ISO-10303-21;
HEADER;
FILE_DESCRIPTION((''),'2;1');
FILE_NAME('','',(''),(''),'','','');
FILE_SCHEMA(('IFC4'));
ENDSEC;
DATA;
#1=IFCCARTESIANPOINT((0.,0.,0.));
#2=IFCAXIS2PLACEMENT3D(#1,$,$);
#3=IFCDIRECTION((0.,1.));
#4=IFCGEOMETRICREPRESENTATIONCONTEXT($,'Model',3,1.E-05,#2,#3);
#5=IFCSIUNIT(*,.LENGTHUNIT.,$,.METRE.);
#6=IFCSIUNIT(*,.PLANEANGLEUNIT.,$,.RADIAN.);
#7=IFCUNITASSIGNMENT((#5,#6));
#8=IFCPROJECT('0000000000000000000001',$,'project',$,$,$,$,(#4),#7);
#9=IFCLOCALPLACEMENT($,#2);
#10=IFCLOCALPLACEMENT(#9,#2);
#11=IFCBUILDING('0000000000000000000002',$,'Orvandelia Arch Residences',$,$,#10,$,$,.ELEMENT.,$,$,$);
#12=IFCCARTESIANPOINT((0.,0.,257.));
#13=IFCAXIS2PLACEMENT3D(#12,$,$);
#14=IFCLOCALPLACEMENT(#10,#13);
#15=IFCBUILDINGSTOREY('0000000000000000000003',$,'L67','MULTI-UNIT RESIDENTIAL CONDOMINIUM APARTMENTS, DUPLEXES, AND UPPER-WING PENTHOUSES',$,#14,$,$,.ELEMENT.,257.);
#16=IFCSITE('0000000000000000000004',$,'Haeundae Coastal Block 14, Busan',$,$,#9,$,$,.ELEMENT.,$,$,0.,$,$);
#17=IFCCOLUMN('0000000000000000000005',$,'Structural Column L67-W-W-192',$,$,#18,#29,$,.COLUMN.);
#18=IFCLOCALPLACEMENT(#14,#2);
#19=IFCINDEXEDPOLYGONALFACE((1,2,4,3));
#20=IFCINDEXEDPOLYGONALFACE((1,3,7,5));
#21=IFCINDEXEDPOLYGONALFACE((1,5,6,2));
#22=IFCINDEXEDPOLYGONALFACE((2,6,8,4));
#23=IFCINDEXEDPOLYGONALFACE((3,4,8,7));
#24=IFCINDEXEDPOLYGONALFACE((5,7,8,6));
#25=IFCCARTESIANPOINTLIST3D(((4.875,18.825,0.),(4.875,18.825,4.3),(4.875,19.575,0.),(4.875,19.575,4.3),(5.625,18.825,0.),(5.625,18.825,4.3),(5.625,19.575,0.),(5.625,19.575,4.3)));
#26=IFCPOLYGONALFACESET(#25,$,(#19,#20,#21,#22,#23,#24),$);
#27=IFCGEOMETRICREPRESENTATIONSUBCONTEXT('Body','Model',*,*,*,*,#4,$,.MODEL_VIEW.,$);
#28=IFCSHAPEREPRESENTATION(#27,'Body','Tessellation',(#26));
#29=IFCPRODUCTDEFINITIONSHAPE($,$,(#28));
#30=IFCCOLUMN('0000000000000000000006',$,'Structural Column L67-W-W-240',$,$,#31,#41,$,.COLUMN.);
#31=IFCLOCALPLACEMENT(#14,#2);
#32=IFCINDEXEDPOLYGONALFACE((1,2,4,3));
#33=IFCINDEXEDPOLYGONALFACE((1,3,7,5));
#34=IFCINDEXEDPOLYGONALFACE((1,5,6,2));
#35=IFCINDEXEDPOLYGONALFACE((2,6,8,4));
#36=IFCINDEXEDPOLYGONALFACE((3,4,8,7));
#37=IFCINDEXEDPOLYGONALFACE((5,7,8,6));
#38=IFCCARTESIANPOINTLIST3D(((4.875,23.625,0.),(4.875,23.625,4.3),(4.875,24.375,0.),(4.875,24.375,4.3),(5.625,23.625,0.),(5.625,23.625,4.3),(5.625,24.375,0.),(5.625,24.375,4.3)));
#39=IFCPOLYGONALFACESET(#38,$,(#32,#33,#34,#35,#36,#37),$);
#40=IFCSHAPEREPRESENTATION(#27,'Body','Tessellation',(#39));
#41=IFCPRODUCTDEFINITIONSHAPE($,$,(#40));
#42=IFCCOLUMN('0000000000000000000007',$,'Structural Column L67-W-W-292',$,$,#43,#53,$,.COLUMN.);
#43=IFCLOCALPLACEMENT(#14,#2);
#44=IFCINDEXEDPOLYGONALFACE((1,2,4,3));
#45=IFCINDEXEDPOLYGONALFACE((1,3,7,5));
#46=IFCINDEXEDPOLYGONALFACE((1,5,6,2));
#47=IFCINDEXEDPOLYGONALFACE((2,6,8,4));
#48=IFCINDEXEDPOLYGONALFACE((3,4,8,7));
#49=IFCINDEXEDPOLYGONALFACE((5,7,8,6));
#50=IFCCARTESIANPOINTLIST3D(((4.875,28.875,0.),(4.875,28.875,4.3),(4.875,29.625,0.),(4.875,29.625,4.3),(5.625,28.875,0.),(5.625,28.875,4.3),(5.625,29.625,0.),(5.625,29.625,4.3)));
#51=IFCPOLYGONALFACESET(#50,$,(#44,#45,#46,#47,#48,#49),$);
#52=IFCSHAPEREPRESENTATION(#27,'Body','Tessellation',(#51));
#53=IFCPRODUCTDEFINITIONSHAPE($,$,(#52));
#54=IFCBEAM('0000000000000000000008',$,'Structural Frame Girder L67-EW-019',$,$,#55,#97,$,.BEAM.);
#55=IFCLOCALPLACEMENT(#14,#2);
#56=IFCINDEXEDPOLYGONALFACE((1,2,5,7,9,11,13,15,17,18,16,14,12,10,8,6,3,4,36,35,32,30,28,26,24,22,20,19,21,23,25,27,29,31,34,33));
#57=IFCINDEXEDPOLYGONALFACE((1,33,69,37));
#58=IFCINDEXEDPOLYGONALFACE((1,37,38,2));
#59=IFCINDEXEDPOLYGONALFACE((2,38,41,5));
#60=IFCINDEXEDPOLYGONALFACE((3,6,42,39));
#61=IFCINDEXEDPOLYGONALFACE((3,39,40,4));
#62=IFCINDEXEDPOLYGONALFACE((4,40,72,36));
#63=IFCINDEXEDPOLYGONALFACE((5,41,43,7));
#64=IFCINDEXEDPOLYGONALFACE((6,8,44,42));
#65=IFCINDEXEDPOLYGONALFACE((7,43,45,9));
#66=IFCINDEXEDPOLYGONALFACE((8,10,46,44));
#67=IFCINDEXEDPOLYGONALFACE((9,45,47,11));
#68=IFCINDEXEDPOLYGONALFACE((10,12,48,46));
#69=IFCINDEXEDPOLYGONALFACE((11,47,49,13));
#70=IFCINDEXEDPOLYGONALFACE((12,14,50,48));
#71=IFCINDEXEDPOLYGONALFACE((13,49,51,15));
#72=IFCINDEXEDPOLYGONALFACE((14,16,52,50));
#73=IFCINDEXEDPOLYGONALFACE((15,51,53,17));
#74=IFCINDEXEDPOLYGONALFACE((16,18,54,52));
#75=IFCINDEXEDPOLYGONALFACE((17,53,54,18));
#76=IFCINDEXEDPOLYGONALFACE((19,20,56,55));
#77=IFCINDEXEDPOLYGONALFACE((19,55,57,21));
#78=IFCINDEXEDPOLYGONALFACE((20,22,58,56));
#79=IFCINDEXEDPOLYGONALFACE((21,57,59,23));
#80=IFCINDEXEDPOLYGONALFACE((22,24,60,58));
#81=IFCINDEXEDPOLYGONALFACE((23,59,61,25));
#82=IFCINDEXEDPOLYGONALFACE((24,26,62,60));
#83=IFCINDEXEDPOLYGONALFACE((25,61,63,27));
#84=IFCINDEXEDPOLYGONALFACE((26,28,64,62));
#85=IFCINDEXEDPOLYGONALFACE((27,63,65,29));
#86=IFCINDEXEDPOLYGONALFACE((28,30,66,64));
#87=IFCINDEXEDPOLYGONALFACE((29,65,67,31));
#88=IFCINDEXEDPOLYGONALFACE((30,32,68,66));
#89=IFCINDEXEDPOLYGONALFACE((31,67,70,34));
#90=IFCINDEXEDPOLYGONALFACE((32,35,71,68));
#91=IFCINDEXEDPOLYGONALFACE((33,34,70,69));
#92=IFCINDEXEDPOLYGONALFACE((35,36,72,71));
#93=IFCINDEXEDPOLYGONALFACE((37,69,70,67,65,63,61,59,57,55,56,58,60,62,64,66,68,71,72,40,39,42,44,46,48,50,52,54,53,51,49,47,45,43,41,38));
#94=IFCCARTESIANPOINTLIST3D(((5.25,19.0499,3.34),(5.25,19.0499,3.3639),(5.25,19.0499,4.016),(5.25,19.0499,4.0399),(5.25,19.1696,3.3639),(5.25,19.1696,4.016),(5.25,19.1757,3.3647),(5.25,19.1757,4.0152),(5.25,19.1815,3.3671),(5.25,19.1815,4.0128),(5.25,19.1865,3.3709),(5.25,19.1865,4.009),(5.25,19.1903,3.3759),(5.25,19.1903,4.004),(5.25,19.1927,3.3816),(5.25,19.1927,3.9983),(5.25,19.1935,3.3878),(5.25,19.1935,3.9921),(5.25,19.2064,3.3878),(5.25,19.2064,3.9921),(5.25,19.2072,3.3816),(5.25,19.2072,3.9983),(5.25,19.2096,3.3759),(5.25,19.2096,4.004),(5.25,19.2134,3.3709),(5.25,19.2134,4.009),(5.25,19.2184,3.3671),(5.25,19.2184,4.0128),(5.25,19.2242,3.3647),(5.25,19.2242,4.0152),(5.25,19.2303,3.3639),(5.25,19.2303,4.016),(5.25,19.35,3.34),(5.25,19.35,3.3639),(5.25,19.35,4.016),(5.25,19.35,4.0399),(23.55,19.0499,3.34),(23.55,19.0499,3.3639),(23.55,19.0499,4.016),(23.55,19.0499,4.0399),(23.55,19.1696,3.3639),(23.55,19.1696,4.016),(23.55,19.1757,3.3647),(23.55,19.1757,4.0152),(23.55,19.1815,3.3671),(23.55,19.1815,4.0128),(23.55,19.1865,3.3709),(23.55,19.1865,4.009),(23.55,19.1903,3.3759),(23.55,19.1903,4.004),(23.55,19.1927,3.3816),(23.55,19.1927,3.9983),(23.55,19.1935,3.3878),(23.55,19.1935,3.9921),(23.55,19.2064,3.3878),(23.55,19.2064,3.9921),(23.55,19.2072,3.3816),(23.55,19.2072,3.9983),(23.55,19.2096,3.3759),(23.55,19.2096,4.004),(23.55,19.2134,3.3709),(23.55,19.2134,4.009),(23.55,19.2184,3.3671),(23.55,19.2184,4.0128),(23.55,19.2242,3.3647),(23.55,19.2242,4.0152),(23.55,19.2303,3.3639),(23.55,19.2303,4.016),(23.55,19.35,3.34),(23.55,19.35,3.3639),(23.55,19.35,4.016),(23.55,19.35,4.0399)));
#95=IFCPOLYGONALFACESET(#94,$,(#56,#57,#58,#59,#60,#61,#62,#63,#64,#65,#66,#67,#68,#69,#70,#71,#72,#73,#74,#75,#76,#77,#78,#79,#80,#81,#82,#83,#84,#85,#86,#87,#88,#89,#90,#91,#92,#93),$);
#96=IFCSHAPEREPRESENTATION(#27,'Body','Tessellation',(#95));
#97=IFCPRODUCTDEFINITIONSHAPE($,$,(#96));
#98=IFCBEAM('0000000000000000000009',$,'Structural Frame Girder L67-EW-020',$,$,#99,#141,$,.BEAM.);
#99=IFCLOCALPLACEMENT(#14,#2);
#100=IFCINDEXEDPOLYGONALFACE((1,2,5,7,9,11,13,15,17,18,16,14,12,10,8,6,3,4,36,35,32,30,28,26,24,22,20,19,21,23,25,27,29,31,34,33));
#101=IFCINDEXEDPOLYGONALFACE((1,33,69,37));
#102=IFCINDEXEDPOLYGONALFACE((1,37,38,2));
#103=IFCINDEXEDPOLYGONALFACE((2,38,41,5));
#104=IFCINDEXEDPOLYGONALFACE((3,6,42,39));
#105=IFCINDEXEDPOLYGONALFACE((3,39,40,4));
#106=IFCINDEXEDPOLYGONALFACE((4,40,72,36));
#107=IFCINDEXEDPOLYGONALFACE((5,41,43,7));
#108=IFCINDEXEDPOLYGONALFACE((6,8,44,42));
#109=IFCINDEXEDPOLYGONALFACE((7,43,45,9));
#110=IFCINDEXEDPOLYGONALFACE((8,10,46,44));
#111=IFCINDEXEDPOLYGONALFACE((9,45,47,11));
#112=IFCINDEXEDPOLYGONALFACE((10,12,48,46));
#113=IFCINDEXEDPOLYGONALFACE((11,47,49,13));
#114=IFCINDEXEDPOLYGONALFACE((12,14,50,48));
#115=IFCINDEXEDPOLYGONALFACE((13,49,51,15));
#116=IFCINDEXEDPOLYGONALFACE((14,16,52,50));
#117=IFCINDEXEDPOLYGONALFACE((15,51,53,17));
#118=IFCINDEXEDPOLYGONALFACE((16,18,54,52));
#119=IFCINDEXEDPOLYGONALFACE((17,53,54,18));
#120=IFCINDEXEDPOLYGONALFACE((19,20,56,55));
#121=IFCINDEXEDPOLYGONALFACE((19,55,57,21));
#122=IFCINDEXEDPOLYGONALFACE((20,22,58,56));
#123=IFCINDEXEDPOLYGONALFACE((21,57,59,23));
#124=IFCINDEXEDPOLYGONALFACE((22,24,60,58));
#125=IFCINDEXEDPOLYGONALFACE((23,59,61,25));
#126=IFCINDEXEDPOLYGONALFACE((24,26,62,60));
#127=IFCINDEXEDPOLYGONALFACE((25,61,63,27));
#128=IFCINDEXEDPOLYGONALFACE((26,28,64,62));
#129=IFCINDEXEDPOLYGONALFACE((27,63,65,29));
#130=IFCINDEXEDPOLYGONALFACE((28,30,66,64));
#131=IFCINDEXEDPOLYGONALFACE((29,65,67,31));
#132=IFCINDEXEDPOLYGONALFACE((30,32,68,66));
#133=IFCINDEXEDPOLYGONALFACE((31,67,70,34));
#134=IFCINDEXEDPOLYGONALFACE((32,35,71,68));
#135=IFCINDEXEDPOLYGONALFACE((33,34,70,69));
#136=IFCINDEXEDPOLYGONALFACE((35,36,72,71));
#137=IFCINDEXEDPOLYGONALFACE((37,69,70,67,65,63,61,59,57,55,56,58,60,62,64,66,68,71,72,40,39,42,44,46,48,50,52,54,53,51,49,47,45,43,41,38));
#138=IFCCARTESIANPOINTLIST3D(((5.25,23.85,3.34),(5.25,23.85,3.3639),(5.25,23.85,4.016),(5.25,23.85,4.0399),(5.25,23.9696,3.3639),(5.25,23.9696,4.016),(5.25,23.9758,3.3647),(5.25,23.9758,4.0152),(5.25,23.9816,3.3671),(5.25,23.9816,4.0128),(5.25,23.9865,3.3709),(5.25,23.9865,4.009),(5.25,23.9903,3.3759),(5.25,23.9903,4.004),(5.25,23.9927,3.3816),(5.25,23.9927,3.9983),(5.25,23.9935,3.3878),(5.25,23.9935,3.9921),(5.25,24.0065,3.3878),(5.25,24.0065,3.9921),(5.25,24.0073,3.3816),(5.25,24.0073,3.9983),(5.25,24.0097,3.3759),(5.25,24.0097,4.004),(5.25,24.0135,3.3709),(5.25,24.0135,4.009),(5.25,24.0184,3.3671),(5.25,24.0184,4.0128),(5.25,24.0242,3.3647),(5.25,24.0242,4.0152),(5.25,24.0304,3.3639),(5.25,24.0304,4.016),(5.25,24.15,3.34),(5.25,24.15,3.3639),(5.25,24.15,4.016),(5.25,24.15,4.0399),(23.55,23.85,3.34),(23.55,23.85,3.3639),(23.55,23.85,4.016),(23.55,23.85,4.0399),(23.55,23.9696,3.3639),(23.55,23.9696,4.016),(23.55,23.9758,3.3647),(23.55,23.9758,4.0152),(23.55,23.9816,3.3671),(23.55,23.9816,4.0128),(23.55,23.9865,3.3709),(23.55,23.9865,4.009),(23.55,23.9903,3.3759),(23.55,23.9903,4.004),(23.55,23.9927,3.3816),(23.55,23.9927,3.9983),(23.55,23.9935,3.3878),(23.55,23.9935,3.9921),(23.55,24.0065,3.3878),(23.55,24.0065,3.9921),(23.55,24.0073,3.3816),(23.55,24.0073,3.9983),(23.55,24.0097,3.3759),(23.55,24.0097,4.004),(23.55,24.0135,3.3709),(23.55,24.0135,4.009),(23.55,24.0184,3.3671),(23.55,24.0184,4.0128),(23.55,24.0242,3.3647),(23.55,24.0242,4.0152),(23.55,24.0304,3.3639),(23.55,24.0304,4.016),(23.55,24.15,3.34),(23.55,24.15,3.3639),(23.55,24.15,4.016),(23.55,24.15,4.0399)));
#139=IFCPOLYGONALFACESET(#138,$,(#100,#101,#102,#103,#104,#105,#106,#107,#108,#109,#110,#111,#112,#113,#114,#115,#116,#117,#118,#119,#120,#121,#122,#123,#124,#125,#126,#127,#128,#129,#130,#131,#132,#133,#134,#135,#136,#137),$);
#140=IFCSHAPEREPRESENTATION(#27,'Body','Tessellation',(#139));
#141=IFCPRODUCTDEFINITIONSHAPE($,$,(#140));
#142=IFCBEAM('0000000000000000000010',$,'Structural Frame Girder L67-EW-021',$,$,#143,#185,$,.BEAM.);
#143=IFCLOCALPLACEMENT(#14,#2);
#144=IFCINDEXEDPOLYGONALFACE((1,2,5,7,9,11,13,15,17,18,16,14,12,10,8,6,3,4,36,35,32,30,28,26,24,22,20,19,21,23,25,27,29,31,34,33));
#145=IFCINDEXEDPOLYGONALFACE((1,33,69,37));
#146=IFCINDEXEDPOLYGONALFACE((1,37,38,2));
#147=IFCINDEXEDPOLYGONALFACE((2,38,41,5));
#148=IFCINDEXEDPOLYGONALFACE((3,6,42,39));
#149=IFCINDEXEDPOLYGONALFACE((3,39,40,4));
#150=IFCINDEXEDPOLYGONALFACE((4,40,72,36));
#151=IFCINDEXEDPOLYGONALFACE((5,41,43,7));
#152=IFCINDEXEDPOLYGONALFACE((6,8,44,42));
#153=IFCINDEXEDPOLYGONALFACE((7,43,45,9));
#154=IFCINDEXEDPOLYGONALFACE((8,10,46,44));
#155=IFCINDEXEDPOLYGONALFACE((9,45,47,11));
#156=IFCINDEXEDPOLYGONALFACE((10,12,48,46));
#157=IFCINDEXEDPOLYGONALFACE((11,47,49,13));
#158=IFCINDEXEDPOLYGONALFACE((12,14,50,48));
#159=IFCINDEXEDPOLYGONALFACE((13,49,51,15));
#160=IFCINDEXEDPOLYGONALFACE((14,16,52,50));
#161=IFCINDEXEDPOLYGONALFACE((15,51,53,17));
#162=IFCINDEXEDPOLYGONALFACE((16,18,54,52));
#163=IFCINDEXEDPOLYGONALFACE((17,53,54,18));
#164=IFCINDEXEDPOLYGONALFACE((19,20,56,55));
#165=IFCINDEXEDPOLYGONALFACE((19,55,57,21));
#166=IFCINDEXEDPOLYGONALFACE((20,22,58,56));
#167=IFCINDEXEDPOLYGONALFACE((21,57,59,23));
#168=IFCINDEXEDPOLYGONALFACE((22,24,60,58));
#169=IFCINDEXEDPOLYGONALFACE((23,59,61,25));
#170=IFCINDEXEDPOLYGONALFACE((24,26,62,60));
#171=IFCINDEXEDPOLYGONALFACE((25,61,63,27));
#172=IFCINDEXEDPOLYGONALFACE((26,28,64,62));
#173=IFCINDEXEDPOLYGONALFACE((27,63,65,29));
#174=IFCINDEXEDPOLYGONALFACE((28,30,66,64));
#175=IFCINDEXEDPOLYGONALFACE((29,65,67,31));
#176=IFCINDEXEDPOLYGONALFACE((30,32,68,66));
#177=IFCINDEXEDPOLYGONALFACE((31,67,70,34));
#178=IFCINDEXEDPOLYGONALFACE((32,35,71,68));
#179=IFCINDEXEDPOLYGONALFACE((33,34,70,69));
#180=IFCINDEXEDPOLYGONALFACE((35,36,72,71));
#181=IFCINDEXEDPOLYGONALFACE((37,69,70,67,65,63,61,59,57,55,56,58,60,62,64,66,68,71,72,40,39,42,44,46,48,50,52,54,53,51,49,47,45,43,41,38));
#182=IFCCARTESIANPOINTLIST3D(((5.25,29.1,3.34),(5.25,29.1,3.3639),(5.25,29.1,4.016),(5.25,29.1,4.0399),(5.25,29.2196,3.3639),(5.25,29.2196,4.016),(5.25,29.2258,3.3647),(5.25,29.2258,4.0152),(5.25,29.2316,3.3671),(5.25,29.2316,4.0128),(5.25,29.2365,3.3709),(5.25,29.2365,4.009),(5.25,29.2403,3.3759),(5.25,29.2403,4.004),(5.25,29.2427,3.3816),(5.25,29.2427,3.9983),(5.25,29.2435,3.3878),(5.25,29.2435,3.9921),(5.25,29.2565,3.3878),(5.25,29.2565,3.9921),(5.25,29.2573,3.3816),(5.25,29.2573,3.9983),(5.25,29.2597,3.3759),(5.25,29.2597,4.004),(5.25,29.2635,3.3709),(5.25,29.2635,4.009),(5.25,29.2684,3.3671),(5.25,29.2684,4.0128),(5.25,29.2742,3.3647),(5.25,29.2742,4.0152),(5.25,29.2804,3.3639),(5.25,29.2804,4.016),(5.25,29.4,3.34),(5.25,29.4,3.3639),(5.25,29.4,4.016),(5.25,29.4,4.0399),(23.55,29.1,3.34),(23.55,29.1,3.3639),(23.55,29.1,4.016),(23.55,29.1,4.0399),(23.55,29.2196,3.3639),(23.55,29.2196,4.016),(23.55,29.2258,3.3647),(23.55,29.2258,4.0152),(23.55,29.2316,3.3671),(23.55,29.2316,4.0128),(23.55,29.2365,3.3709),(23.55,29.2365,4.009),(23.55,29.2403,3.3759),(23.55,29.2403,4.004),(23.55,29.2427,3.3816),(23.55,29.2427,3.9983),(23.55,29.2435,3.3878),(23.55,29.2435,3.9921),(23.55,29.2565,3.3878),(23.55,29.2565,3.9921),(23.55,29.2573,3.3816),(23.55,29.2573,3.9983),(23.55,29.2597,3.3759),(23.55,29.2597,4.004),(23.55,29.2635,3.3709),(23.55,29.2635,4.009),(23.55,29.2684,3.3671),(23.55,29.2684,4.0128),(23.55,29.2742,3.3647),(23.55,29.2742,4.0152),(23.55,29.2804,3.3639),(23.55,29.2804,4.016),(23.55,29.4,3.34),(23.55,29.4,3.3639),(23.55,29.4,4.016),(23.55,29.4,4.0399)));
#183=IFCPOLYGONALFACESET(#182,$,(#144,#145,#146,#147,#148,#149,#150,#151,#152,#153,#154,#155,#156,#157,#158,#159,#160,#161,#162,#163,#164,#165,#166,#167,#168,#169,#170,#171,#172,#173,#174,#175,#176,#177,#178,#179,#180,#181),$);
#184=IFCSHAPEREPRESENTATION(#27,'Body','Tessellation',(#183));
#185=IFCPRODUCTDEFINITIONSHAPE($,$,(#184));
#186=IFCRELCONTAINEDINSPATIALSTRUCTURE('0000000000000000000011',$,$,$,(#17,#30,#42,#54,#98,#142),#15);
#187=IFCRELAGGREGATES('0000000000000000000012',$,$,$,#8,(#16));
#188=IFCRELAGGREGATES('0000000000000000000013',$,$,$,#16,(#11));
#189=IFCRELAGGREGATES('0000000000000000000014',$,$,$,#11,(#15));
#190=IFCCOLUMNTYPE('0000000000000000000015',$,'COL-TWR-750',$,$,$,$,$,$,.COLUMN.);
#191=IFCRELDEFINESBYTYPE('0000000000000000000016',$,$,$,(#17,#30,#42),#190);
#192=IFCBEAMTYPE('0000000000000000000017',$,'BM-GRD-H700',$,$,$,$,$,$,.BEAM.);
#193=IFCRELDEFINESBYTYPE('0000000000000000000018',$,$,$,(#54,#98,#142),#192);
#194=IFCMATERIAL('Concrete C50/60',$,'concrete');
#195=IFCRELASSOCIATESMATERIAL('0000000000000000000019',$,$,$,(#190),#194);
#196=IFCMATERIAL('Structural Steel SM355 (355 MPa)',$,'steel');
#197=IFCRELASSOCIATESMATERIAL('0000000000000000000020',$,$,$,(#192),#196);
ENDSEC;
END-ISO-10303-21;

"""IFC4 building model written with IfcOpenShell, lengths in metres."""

from ifc_helpers import new_model, si_unit, direction, frame, origin, origin_2d, place, context, subcontext, project, spatial, rectangle, i_section, extrude, material, material_profile, profile_set, type_object, element, save


model = new_model("IFC4")

# Units and contexts
model_context = context("Model", 3, precision=1e-05, world=origin(), true_north=direction((0.0, 1.0)))
body_context = subcontext(model_context, "Body", "Model", "MODEL_VIEW")
ifc_project = project(units=[si_unit("LENGTHUNIT", "METRE"), si_unit("PLANEANGLEUNIT", "RADIAN")], contexts=[model_context])

# Site, building, storey
site_placement = place(None, origin())
site = spatial("IfcSite", under=ifc_project, at=site_placement, Name="Haeundae Coastal Block 14, Busan", CompositionType="ELEMENT", RefElevation=0.0)
building_placement = place(site_placement, origin())
building = spatial("IfcBuilding", under=site, at=building_placement, Name="Orvandelia Arch Residences", CompositionType="ELEMENT")
storey_placement = place(building_placement, frame((0.0, 0.0, 257.0)))
storey = spatial("IfcBuildingStorey", under=building, at=storey_placement, Name="L67", Description="MULTI-UNIT RESIDENTIAL CONDOMINIUM APARTMENTS, DUPLEXES, AND UPPER-WING PENTHOUSES", CompositionType="ELEMENT", Elevation=257.0)

# Columns
ifc_material_1 = material(Name="Concrete C50/60", Category="concrete")
ifc_material_profile_1 = material_profile(ifc_material_1, rectangle(XDim=0.75, YDim=0.75, at=origin_2d()), Name="Concrete C50/60", Category="concrete")
ifc_profile_set_1 = profile_set([ifc_material_profile_1], Name="Concrete C50/60")
column_type = type_object("IfcColumnType", Name="COL-TWR-750", PredefinedType="COLUMN", material=ifc_profile_set_1)
for number, where, z_axis, x_axis, name in (
    (1, (5.25, 19.2, 0.0), (0.0, 0.0, 1.0), (1.0, 0.0, 0.0), "Structural Column L67-W-W-192"),
    (2, (5.25, 24.0, 0.0), (0.0, 0.0, 1.0), (1.0, 0.0, 0.0), "Structural Column L67-W-W-240"),
    (3, (5.25, 29.25, 0.0), (0.0, 0.0, 1.0), (1.0, 0.0, 0.0), "Structural Column L67-W-W-292"),
):
    element("IfcColumn", number, at=place(storey_placement, frame(where, z_axis=z_axis, x_axis=x_axis)), inside=storey, type_object=column_type, Name=name, PredefinedType="COLUMN", context=body_context, shape_type="SweptSolid", body=[
        extrude(rectangle(XDim=0.75, YDim=0.75, at=origin_2d()), origin(), (0.0, 0.0, 1.0), 4.3),
    ])

# Beams
ifc_material_2 = material(Name="Structural Steel SM355 (355 MPa)", Category="steel")
ifc_material_profile_2 = material_profile(ifc_material_2, i_section(OverallWidth=0.3, OverallDepth=0.7, WebThickness=0.0129, FlangeThickness=0.0239, FilletRadius=0.0239, at=origin_2d()), Name="Structural Steel SM355 (355 MPa)", Category="steel")
ifc_profile_set_2 = profile_set([ifc_material_profile_2], Name="Structural Steel SM355 (355 MPa)")
beam_type_1 = type_object("IfcBeamType", Name="BM-GRD-H700", PredefinedType="BEAM", material=ifc_profile_set_2)
for number, where, z_axis, x_axis, name in (
    (4, (5.25, 19.2, 3.6899), (1.0, 0.0, 0.0), (0.0, 1.0, 0.0), "Structural Frame Girder L67-EW-019"),
    (5, (5.25, 24.0, 3.6899), (1.0, 0.0, 0.0), (0.0, 1.0, 0.0), "Structural Frame Girder L67-EW-020"),
    (6, (5.25, 29.25, 3.6899), (1.0, 0.0, 0.0), (0.0, 1.0, 0.0), "Structural Frame Girder L67-EW-021"),
):
    element("IfcBeam", number, at=place(storey_placement, frame(where, z_axis=z_axis, x_axis=x_axis)), inside=storey, type_object=beam_type_1, Name=name, PredefinedType="BEAM", context=body_context, shape_type="SweptSolid", body=[
        extrude(i_section(OverallWidth=0.3, OverallDepth=0.7, WebThickness=0.0129, FlangeThickness=0.0239, FilletRadius=0.0239, at=origin_2d()), origin(), (0.0, 0.0, 1.0), 18.3),
    ])

save(model, "model.ifc")
